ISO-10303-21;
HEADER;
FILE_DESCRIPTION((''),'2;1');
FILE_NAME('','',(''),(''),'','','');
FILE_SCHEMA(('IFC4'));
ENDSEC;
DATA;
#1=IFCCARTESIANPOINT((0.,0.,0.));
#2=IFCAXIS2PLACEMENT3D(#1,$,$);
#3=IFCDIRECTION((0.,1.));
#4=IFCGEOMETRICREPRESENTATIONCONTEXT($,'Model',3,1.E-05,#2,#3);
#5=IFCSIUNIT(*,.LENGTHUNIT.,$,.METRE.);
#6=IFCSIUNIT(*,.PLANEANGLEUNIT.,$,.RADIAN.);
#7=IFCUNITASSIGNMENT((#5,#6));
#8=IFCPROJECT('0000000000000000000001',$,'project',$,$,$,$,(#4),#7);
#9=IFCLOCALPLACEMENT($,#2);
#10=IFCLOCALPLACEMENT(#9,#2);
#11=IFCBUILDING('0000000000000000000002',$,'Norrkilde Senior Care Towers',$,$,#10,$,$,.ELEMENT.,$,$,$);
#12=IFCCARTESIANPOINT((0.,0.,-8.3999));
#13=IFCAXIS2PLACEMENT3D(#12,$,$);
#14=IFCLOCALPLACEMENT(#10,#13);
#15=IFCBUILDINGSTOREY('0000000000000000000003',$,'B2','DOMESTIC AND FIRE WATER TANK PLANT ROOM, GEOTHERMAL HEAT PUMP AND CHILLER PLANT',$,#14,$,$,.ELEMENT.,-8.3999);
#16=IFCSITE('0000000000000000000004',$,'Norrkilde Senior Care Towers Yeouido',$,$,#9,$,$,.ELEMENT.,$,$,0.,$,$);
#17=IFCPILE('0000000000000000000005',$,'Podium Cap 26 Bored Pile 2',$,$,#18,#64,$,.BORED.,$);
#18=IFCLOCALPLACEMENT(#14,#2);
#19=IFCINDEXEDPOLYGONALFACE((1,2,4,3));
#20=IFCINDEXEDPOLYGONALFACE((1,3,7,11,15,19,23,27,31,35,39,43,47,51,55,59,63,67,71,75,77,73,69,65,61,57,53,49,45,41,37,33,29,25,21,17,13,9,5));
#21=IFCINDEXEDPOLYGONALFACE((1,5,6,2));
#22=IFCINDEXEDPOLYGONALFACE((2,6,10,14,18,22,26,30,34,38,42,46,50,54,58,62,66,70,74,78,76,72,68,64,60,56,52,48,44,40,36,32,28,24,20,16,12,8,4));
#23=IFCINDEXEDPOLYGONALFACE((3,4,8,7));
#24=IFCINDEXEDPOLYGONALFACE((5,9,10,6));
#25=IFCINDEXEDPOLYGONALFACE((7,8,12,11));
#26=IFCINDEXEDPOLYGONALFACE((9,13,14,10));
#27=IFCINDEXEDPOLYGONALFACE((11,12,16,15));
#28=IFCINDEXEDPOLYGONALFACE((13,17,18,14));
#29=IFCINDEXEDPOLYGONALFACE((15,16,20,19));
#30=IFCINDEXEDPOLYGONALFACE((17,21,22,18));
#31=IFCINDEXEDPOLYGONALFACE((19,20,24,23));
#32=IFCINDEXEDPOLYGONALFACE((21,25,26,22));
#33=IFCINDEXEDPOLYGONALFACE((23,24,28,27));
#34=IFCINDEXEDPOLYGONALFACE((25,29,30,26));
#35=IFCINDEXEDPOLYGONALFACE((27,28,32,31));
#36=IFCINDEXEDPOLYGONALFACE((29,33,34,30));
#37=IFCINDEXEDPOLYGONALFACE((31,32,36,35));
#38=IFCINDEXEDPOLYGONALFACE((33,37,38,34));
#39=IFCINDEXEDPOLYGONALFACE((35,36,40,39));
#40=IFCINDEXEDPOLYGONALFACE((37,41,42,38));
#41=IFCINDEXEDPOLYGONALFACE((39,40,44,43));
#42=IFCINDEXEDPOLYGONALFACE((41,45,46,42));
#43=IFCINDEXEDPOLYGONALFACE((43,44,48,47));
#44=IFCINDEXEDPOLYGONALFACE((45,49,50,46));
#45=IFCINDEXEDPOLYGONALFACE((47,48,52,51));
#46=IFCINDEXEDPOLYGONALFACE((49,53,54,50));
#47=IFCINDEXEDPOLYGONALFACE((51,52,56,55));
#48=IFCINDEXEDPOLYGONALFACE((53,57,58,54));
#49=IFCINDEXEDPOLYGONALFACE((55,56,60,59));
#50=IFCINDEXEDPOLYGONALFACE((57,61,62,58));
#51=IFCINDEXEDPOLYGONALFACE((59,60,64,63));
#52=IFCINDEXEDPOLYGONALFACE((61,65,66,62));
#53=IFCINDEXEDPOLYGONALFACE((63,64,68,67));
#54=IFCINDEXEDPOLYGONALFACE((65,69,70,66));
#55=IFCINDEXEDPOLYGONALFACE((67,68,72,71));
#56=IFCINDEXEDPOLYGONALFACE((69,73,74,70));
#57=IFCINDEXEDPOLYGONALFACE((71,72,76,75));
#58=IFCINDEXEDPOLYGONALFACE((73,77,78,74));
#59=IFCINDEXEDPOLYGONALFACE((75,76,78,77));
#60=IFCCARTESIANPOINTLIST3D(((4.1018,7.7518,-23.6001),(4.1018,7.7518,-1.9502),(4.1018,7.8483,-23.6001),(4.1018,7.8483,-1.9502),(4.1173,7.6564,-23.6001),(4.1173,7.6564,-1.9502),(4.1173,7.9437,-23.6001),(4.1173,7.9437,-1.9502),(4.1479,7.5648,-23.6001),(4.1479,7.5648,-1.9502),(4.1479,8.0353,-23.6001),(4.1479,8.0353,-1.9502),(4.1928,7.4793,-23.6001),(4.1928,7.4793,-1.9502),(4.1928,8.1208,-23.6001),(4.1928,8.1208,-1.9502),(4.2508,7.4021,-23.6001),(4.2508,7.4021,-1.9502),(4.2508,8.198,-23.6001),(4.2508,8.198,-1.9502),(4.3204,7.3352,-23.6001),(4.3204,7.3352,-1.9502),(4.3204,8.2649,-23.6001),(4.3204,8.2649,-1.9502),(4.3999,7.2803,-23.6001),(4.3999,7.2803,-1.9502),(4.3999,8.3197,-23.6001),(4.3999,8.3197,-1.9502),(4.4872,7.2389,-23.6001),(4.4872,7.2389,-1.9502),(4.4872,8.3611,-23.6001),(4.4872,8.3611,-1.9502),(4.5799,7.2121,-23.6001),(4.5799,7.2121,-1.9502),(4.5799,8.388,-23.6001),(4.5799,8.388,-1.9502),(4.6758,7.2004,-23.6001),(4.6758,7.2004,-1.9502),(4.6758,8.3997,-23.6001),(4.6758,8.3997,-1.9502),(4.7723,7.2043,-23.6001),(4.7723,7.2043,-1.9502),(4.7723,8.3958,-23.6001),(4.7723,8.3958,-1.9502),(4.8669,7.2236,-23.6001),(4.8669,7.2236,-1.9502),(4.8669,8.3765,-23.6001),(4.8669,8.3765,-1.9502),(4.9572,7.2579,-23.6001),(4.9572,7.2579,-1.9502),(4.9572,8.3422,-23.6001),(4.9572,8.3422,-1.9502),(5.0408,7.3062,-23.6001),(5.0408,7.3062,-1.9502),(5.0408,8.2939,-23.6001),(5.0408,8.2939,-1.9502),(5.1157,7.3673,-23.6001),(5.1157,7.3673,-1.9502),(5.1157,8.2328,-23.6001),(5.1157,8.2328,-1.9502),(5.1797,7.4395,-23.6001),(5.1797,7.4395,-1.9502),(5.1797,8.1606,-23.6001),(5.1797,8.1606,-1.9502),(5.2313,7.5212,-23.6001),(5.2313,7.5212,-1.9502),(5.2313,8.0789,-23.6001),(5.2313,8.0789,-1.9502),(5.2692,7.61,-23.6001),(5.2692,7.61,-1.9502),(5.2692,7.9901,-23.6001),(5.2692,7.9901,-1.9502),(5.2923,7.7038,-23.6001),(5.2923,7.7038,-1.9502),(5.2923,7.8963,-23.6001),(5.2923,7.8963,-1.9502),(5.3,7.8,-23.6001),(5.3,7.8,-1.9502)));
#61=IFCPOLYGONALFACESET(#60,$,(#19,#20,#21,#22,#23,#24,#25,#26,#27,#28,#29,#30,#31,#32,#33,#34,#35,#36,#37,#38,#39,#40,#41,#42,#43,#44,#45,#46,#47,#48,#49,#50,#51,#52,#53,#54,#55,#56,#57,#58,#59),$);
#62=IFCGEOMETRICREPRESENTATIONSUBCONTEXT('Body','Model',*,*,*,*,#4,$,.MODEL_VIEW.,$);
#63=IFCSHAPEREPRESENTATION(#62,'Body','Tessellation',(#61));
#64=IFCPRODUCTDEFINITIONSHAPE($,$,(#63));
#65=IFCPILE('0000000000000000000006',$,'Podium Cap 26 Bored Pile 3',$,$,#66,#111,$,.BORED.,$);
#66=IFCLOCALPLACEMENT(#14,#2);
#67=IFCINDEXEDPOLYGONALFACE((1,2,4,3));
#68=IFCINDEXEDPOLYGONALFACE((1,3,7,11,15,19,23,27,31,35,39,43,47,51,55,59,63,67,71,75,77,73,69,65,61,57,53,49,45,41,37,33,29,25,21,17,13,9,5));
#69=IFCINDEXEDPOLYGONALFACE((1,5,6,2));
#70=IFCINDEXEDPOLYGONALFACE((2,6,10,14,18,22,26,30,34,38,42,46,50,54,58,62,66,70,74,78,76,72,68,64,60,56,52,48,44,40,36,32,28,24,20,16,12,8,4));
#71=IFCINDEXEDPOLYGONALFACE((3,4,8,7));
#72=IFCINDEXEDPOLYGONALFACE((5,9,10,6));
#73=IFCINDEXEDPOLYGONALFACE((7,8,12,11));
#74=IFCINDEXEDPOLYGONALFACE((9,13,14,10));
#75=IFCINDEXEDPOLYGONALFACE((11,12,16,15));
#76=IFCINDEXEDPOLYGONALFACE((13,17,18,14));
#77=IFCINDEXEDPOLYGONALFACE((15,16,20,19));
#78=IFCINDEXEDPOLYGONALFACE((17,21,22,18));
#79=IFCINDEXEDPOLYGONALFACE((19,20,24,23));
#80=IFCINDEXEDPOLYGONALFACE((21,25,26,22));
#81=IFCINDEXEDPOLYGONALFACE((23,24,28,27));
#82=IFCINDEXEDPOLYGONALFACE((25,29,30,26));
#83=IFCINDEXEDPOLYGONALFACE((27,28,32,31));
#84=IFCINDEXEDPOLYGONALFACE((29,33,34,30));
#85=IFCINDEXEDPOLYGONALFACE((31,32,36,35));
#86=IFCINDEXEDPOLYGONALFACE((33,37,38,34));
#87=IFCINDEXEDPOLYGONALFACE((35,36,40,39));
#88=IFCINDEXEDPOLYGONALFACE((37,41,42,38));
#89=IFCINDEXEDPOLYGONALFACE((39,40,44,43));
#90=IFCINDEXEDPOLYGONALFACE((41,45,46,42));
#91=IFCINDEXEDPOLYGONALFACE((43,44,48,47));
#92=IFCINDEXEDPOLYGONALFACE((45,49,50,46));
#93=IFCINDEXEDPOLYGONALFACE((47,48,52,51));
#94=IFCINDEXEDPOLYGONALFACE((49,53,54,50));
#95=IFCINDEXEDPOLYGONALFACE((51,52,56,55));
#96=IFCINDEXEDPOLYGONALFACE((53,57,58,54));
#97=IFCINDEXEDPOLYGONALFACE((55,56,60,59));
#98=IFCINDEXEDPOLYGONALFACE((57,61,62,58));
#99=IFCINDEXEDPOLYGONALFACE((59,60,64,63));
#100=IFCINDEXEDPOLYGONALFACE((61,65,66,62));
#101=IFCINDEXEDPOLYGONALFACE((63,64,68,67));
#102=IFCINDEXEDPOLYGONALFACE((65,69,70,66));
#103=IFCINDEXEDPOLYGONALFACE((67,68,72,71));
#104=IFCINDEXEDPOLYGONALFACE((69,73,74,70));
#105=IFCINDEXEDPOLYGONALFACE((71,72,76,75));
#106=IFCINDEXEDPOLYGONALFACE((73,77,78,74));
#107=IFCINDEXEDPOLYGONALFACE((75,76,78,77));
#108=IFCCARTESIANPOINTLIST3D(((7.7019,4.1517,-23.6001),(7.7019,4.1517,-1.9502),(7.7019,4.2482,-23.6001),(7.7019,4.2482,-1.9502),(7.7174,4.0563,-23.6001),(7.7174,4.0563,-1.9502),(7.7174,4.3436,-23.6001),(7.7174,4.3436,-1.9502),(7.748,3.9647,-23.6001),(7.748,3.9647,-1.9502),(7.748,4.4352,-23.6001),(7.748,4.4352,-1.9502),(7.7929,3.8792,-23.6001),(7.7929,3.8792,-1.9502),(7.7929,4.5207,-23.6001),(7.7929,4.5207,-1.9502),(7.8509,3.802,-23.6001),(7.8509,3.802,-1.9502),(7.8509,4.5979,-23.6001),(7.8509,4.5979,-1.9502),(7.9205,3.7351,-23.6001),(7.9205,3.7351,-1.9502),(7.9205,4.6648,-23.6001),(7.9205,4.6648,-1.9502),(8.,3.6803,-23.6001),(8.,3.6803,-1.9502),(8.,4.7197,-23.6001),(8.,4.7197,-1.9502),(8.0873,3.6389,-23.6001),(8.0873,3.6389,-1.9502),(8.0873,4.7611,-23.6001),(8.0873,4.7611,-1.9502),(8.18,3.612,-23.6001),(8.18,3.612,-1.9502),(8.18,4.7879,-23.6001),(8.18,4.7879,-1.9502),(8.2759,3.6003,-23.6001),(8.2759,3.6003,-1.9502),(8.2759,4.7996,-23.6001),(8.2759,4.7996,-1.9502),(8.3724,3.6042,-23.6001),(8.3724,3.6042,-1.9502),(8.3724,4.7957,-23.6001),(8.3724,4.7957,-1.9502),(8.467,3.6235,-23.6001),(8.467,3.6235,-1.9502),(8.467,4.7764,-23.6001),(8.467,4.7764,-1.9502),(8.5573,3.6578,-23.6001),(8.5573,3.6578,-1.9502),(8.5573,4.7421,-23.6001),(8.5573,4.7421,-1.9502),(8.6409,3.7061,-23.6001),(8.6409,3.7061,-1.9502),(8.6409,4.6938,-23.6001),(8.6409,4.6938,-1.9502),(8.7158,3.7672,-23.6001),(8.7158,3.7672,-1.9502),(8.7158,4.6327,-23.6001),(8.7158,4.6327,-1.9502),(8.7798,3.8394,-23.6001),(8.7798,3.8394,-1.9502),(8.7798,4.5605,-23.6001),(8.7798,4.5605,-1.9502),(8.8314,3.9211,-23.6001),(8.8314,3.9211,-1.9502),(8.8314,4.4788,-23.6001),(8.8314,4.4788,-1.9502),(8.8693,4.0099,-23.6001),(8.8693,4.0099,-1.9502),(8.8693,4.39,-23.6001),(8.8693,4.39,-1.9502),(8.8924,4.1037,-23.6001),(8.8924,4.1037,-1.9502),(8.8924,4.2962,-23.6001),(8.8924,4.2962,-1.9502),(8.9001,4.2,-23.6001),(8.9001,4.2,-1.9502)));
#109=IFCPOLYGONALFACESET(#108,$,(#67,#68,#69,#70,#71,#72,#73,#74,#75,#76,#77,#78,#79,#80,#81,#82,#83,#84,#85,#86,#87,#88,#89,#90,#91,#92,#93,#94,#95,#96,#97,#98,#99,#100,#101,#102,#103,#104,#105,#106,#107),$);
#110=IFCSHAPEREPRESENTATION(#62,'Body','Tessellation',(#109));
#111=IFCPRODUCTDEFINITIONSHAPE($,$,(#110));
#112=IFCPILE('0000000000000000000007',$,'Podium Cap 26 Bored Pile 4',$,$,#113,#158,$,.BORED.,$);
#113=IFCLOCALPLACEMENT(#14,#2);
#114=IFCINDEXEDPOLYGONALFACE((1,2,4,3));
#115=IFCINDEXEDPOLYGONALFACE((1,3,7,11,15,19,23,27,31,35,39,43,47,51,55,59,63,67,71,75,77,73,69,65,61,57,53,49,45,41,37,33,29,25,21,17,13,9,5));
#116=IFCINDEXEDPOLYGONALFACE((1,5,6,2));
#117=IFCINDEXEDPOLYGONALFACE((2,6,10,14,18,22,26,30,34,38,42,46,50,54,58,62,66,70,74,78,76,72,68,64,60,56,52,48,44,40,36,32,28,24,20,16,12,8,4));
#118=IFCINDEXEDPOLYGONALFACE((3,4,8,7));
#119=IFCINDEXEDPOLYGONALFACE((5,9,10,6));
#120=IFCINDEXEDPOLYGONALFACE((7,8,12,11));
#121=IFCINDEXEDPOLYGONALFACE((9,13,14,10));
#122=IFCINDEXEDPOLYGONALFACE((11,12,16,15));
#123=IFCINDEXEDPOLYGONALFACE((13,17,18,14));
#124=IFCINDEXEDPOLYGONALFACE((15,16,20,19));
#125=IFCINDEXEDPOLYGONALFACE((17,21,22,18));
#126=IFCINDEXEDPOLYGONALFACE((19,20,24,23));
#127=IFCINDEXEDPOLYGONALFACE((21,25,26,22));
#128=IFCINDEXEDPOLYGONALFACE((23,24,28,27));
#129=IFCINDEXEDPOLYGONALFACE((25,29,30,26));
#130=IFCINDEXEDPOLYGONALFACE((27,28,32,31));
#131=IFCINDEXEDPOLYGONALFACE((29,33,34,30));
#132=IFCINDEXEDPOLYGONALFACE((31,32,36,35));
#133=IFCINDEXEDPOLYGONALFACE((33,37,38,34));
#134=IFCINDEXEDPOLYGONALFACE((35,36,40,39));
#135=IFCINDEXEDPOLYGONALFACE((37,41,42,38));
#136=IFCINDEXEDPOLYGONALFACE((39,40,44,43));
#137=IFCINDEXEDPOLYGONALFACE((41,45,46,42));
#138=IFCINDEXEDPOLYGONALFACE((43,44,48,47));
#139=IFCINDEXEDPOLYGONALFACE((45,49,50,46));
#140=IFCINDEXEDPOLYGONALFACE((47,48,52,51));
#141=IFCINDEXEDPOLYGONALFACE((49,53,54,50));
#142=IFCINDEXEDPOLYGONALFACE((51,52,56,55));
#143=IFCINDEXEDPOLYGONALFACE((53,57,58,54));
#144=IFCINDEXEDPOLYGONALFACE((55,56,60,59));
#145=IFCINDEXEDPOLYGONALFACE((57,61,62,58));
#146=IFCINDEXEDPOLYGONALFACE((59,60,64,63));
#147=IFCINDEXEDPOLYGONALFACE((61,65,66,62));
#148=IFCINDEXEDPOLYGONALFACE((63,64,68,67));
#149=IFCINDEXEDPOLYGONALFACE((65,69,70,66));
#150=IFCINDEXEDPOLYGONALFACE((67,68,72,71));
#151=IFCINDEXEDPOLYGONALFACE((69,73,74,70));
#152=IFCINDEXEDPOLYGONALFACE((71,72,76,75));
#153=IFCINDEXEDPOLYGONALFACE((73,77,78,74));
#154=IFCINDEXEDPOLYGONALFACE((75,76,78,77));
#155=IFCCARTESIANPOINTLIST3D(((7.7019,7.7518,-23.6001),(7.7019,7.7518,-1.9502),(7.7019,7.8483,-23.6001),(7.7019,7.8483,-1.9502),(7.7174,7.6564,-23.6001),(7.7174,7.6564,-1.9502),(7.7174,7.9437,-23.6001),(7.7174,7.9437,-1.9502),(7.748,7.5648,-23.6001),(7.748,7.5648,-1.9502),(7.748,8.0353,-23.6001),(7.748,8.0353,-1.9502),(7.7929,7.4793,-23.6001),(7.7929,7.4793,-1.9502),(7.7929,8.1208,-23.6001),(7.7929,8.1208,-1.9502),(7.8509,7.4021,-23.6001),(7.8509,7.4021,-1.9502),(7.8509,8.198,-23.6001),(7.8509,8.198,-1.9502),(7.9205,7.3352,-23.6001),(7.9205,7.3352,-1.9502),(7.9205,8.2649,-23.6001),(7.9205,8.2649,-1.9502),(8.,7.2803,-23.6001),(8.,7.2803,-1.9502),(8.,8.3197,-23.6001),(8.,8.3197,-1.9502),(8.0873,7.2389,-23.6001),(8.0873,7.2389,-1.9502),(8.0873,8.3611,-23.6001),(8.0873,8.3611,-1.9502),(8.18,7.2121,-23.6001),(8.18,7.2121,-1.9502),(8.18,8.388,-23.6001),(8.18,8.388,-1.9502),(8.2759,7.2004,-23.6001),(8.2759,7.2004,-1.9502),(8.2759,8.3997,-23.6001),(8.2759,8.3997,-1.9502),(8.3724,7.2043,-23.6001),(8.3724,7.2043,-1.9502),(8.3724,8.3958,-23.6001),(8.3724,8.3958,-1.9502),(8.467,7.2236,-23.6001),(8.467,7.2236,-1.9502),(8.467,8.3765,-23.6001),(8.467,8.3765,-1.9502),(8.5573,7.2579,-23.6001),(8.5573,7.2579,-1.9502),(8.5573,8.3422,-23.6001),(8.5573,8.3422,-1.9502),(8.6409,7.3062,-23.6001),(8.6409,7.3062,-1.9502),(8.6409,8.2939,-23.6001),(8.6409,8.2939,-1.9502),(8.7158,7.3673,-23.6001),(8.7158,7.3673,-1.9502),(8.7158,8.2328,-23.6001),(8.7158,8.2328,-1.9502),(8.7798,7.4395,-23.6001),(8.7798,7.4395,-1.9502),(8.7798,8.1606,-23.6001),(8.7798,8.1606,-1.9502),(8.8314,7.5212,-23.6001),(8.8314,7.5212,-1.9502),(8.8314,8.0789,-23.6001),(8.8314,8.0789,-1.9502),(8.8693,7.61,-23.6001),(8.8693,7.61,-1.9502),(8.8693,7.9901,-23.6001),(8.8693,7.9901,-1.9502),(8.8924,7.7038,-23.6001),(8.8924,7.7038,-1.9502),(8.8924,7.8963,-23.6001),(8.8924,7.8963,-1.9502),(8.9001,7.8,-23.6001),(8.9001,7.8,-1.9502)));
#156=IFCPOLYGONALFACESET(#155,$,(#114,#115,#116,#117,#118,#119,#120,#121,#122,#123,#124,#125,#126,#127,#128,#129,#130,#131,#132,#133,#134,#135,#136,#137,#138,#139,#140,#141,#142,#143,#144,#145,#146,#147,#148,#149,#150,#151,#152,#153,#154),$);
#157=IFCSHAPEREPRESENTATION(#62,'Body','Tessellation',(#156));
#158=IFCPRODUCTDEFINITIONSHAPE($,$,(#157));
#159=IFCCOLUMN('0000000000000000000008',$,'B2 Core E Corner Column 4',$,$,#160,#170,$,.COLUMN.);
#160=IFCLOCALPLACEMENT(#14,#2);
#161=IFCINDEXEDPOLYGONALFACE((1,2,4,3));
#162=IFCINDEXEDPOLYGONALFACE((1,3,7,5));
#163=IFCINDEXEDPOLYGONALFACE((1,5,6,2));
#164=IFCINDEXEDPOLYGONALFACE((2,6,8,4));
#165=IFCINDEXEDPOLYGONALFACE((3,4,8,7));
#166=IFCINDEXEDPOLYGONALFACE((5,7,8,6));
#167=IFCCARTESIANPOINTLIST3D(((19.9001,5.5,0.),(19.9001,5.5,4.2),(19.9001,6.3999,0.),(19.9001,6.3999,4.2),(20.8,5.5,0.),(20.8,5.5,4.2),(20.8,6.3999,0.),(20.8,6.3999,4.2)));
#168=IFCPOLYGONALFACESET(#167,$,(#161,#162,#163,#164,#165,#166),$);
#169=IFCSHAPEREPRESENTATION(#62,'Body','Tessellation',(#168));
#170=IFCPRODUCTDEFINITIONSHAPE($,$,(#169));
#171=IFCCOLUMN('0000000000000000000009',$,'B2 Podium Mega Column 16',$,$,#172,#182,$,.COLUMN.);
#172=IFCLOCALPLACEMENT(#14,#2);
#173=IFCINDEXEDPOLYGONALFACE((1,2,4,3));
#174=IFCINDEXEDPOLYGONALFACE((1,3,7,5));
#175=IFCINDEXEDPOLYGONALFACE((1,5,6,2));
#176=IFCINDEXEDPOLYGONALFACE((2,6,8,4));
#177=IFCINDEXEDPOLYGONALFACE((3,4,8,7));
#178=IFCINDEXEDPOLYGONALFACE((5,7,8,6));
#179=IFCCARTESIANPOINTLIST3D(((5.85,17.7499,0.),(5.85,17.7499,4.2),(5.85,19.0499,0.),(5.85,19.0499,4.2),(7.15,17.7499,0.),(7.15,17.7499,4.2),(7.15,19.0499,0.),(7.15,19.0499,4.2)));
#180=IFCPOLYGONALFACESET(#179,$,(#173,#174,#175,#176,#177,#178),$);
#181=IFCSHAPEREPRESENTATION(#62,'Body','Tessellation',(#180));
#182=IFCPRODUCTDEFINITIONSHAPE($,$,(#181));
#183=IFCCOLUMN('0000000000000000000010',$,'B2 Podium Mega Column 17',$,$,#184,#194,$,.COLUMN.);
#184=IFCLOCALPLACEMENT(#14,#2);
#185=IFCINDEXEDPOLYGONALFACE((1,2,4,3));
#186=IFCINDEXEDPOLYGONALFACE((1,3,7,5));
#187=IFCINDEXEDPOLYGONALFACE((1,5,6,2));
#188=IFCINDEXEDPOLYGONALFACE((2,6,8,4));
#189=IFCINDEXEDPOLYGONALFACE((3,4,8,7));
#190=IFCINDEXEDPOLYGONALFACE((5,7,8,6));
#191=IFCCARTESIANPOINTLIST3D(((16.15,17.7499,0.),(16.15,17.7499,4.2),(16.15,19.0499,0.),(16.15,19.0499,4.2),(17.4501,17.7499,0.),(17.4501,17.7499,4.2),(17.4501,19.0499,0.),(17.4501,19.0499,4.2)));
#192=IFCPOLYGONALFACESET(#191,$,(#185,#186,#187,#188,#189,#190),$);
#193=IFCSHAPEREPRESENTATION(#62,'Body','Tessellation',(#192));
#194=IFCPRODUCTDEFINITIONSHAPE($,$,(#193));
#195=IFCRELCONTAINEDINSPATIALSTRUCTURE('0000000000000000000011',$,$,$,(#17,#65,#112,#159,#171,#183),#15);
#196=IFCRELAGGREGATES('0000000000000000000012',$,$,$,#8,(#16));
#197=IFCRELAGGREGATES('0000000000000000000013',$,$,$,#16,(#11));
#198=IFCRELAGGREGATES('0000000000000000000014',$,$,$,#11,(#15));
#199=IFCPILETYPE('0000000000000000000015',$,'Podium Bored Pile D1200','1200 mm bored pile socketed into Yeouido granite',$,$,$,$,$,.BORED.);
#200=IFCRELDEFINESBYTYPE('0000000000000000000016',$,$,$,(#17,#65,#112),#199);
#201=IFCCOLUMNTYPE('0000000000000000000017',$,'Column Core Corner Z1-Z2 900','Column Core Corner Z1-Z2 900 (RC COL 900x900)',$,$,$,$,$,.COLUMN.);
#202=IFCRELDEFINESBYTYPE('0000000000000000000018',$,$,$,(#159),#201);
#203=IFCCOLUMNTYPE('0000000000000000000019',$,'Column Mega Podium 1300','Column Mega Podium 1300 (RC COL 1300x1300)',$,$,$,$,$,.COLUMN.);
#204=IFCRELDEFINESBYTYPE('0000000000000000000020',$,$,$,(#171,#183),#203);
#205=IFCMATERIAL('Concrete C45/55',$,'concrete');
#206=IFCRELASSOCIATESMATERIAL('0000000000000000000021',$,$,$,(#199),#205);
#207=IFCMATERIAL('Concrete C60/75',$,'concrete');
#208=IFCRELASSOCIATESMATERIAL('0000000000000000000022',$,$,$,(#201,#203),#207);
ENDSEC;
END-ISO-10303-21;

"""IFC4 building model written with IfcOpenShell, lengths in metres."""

from ifc_helpers import new_model, si_unit, direction, frame, origin, origin_2d, place, context, subcontext, project, spatial, rectangle, circle, extrude, source, transform, mapped, material, material_profile, profile_set, type_object, type_shapes, element, save


model = new_model("IFC4")

# Units and contexts
model_context = context("Model", 3, precision=1e-05, world=origin(), true_north=direction((0.0, 1.0)))
body_context = subcontext(model_context, "Body", "Model", "MODEL_VIEW")
ifc_project = project(units=[si_unit("LENGTHUNIT", "METRE"), si_unit("PLANEANGLEUNIT", "RADIAN")], contexts=[model_context])

# Site, building, storey
site_placement = place(None, origin())
site = spatial("IfcSite", under=ifc_project, at=site_placement, Name="Norrkilde Senior Care Towers Yeouido", CompositionType="ELEMENT", RefElevation=0.0)
building_placement = place(site_placement, origin())
building = spatial("IfcBuilding", under=site, at=building_placement, Name="Norrkilde Senior Care Towers", CompositionType="ELEMENT")
storey_placement = place(building_placement, frame((0.0, 0.0, -8.3999)))
storey = spatial("IfcBuildingStorey", under=building, at=storey_placement, Name="B2", Description="DOMESTIC AND FIRE WATER TANK PLANT ROOM, GEOTHERMAL HEAT PUMP AND CHILLER PLANT", CompositionType="ELEMENT", Elevation=-8.3999)

# Piles
ifc_material_1 = material(Name="Concrete C45/55", Category="concrete")
ifc_material_profile_1 = material_profile(ifc_material_1, circle(Radius=0.6001, at=origin_2d()), Name="BORED PILE 1200")
ifc_profile_set_1 = profile_set([ifc_material_profile_1], Name="Concrete C45/55")
pile_type_1 = type_object("IfcPileType", Name="Podium Bored Pile D1200", Description="1200 mm bored pile socketed into Yeouido granite", PredefinedType="BORED", material=ifc_profile_set_1)
shared_shape_1 = source(origin(), body_context, "Body", "SweptSolid", [
    extrude(circle(Radius=0.6001, at=origin_2d()), origin(), (0.0, 0.0, 1.0), 21.6499),
])
for number, where, z_axis, x_axis, name in (
    (1, (4.7, 7.8, -1.9502), (0.0, 0.0, -1.0), (1.0, 0.0, 0.0), "Podium Cap 26 Bored Pile 2"),
    (2, (8.3, 4.2, -1.9502), (0.0, 0.0, -1.0), (1.0, 0.0, 0.0), "Podium Cap 26 Bored Pile 3"),
    (3, (8.3, 7.8, -1.9502), (0.0, 0.0, -1.0), (1.0, 0.0, 0.0), "Podium Cap 26 Bored Pile 4"),
):
    element("IfcPile", number, at=place(storey_placement, frame(where, z_axis=z_axis, x_axis=x_axis)), inside=storey, type_object=pile_type_1, Name=name, PredefinedType="BORED", context=body_context, shape_type="MappedRepresentation", body=[
        mapped(shared_shape_1, transform((0.0, 0.0, 0.0), x_axis=(1.0, 0.0, 0.0), y_axis=(0.0, 1.0, 0.0), z_axis=(0.0, 0.0, 1.0), scale=1.0)),
    ])

# Columns
ifc_material_2 = material(Name="Concrete C60/75", Category="concrete")
ifc_material_profile_2 = material_profile(ifc_material_2, rectangle(XDim=0.8999, YDim=0.8999, at=origin_2d()), Name="RC COL 900x900")
ifc_profile_set_2 = profile_set([ifc_material_profile_2], Name="Concrete C60/75")
column_type_1 = type_object("IfcColumnType", Name="Column Core Corner Z1-Z2 900", Description="Column Core Corner Z1-Z2 900 (RC COL 900x900)", PredefinedType="COLUMN", material=ifc_profile_set_2)
shared_shape_2 = source(origin(), body_context, "Body", "SweptSolid", [
    extrude(rectangle(XDim=0.8999, YDim=0.8999, at=origin_2d()), origin(), (0.0, 0.0, 1.0), 4.2),
])
type_shapes(column_type_1, [shared_shape_2])
column_placement = place(storey_placement, frame((20.3501, 5.95, 0.0), z_axis=(0.0, 0.0, 1.0), x_axis=(1.0, 0.0, 0.0)))
element("IfcColumn", 4, at=column_placement, inside=storey, type_object=column_type_1, Name="B2 Core E Corner Column 4", PredefinedType="COLUMN", context=body_context, shape_type="MappedRepresentation", body=[
    mapped(shared_shape_2, transform((0.0, 0.0, 0.0), x_axis=(1.0, 0.0, 0.0), y_axis=(0.0, 1.0, 0.0), z_axis=(0.0, 0.0, 1.0), scale=1.0)),
])
ifc_material_profile_3 = material_profile(ifc_material_2, rectangle(XDim=1.3, YDim=1.3, at=origin_2d()), Name="RC COL 1300x1300")
ifc_profile_set_3 = profile_set([ifc_material_profile_3], Name="Concrete C60/75")
column_type_2 = type_object("IfcColumnType", Name="Column Mega Podium 1300", Description="Column Mega Podium 1300 (RC COL 1300x1300)", PredefinedType="COLUMN", material=ifc_profile_set_3)
shared_shape_3 = source(origin(), body_context, "Body", "SweptSolid", [
    extrude(rectangle(XDim=1.3, YDim=1.3, at=origin_2d()), origin(), (0.0, 0.0, 1.0), 4.2),
])
type_shapes(column_type_2, [shared_shape_3])
for number, where, z_axis, x_axis, name in (
    (5, (6.5, 18.3999, 0.0), (0.0, 0.0, 1.0), (1.0, 0.0, 0.0), "B2 Podium Mega Column 16"),
    (6, (16.8, 18.3999, 0.0), (0.0, 0.0, 1.0), (1.0, 0.0, 0.0), "B2 Podium Mega Column 17"),
):
    element("IfcColumn", number, at=place(storey_placement, frame(where, z_axis=z_axis, x_axis=x_axis)), inside=storey, type_object=column_type_2, Name=name, PredefinedType="COLUMN", context=body_context, shape_type="MappedRepresentation", body=[
        mapped(shared_shape_3, transform((0.0, 0.0, 0.0), x_axis=(1.0, 0.0, 0.0), y_axis=(0.0, 1.0, 0.0), z_axis=(0.0, 0.0, 1.0), scale=1.0)),
    ])

save(model, "model.ifc")
